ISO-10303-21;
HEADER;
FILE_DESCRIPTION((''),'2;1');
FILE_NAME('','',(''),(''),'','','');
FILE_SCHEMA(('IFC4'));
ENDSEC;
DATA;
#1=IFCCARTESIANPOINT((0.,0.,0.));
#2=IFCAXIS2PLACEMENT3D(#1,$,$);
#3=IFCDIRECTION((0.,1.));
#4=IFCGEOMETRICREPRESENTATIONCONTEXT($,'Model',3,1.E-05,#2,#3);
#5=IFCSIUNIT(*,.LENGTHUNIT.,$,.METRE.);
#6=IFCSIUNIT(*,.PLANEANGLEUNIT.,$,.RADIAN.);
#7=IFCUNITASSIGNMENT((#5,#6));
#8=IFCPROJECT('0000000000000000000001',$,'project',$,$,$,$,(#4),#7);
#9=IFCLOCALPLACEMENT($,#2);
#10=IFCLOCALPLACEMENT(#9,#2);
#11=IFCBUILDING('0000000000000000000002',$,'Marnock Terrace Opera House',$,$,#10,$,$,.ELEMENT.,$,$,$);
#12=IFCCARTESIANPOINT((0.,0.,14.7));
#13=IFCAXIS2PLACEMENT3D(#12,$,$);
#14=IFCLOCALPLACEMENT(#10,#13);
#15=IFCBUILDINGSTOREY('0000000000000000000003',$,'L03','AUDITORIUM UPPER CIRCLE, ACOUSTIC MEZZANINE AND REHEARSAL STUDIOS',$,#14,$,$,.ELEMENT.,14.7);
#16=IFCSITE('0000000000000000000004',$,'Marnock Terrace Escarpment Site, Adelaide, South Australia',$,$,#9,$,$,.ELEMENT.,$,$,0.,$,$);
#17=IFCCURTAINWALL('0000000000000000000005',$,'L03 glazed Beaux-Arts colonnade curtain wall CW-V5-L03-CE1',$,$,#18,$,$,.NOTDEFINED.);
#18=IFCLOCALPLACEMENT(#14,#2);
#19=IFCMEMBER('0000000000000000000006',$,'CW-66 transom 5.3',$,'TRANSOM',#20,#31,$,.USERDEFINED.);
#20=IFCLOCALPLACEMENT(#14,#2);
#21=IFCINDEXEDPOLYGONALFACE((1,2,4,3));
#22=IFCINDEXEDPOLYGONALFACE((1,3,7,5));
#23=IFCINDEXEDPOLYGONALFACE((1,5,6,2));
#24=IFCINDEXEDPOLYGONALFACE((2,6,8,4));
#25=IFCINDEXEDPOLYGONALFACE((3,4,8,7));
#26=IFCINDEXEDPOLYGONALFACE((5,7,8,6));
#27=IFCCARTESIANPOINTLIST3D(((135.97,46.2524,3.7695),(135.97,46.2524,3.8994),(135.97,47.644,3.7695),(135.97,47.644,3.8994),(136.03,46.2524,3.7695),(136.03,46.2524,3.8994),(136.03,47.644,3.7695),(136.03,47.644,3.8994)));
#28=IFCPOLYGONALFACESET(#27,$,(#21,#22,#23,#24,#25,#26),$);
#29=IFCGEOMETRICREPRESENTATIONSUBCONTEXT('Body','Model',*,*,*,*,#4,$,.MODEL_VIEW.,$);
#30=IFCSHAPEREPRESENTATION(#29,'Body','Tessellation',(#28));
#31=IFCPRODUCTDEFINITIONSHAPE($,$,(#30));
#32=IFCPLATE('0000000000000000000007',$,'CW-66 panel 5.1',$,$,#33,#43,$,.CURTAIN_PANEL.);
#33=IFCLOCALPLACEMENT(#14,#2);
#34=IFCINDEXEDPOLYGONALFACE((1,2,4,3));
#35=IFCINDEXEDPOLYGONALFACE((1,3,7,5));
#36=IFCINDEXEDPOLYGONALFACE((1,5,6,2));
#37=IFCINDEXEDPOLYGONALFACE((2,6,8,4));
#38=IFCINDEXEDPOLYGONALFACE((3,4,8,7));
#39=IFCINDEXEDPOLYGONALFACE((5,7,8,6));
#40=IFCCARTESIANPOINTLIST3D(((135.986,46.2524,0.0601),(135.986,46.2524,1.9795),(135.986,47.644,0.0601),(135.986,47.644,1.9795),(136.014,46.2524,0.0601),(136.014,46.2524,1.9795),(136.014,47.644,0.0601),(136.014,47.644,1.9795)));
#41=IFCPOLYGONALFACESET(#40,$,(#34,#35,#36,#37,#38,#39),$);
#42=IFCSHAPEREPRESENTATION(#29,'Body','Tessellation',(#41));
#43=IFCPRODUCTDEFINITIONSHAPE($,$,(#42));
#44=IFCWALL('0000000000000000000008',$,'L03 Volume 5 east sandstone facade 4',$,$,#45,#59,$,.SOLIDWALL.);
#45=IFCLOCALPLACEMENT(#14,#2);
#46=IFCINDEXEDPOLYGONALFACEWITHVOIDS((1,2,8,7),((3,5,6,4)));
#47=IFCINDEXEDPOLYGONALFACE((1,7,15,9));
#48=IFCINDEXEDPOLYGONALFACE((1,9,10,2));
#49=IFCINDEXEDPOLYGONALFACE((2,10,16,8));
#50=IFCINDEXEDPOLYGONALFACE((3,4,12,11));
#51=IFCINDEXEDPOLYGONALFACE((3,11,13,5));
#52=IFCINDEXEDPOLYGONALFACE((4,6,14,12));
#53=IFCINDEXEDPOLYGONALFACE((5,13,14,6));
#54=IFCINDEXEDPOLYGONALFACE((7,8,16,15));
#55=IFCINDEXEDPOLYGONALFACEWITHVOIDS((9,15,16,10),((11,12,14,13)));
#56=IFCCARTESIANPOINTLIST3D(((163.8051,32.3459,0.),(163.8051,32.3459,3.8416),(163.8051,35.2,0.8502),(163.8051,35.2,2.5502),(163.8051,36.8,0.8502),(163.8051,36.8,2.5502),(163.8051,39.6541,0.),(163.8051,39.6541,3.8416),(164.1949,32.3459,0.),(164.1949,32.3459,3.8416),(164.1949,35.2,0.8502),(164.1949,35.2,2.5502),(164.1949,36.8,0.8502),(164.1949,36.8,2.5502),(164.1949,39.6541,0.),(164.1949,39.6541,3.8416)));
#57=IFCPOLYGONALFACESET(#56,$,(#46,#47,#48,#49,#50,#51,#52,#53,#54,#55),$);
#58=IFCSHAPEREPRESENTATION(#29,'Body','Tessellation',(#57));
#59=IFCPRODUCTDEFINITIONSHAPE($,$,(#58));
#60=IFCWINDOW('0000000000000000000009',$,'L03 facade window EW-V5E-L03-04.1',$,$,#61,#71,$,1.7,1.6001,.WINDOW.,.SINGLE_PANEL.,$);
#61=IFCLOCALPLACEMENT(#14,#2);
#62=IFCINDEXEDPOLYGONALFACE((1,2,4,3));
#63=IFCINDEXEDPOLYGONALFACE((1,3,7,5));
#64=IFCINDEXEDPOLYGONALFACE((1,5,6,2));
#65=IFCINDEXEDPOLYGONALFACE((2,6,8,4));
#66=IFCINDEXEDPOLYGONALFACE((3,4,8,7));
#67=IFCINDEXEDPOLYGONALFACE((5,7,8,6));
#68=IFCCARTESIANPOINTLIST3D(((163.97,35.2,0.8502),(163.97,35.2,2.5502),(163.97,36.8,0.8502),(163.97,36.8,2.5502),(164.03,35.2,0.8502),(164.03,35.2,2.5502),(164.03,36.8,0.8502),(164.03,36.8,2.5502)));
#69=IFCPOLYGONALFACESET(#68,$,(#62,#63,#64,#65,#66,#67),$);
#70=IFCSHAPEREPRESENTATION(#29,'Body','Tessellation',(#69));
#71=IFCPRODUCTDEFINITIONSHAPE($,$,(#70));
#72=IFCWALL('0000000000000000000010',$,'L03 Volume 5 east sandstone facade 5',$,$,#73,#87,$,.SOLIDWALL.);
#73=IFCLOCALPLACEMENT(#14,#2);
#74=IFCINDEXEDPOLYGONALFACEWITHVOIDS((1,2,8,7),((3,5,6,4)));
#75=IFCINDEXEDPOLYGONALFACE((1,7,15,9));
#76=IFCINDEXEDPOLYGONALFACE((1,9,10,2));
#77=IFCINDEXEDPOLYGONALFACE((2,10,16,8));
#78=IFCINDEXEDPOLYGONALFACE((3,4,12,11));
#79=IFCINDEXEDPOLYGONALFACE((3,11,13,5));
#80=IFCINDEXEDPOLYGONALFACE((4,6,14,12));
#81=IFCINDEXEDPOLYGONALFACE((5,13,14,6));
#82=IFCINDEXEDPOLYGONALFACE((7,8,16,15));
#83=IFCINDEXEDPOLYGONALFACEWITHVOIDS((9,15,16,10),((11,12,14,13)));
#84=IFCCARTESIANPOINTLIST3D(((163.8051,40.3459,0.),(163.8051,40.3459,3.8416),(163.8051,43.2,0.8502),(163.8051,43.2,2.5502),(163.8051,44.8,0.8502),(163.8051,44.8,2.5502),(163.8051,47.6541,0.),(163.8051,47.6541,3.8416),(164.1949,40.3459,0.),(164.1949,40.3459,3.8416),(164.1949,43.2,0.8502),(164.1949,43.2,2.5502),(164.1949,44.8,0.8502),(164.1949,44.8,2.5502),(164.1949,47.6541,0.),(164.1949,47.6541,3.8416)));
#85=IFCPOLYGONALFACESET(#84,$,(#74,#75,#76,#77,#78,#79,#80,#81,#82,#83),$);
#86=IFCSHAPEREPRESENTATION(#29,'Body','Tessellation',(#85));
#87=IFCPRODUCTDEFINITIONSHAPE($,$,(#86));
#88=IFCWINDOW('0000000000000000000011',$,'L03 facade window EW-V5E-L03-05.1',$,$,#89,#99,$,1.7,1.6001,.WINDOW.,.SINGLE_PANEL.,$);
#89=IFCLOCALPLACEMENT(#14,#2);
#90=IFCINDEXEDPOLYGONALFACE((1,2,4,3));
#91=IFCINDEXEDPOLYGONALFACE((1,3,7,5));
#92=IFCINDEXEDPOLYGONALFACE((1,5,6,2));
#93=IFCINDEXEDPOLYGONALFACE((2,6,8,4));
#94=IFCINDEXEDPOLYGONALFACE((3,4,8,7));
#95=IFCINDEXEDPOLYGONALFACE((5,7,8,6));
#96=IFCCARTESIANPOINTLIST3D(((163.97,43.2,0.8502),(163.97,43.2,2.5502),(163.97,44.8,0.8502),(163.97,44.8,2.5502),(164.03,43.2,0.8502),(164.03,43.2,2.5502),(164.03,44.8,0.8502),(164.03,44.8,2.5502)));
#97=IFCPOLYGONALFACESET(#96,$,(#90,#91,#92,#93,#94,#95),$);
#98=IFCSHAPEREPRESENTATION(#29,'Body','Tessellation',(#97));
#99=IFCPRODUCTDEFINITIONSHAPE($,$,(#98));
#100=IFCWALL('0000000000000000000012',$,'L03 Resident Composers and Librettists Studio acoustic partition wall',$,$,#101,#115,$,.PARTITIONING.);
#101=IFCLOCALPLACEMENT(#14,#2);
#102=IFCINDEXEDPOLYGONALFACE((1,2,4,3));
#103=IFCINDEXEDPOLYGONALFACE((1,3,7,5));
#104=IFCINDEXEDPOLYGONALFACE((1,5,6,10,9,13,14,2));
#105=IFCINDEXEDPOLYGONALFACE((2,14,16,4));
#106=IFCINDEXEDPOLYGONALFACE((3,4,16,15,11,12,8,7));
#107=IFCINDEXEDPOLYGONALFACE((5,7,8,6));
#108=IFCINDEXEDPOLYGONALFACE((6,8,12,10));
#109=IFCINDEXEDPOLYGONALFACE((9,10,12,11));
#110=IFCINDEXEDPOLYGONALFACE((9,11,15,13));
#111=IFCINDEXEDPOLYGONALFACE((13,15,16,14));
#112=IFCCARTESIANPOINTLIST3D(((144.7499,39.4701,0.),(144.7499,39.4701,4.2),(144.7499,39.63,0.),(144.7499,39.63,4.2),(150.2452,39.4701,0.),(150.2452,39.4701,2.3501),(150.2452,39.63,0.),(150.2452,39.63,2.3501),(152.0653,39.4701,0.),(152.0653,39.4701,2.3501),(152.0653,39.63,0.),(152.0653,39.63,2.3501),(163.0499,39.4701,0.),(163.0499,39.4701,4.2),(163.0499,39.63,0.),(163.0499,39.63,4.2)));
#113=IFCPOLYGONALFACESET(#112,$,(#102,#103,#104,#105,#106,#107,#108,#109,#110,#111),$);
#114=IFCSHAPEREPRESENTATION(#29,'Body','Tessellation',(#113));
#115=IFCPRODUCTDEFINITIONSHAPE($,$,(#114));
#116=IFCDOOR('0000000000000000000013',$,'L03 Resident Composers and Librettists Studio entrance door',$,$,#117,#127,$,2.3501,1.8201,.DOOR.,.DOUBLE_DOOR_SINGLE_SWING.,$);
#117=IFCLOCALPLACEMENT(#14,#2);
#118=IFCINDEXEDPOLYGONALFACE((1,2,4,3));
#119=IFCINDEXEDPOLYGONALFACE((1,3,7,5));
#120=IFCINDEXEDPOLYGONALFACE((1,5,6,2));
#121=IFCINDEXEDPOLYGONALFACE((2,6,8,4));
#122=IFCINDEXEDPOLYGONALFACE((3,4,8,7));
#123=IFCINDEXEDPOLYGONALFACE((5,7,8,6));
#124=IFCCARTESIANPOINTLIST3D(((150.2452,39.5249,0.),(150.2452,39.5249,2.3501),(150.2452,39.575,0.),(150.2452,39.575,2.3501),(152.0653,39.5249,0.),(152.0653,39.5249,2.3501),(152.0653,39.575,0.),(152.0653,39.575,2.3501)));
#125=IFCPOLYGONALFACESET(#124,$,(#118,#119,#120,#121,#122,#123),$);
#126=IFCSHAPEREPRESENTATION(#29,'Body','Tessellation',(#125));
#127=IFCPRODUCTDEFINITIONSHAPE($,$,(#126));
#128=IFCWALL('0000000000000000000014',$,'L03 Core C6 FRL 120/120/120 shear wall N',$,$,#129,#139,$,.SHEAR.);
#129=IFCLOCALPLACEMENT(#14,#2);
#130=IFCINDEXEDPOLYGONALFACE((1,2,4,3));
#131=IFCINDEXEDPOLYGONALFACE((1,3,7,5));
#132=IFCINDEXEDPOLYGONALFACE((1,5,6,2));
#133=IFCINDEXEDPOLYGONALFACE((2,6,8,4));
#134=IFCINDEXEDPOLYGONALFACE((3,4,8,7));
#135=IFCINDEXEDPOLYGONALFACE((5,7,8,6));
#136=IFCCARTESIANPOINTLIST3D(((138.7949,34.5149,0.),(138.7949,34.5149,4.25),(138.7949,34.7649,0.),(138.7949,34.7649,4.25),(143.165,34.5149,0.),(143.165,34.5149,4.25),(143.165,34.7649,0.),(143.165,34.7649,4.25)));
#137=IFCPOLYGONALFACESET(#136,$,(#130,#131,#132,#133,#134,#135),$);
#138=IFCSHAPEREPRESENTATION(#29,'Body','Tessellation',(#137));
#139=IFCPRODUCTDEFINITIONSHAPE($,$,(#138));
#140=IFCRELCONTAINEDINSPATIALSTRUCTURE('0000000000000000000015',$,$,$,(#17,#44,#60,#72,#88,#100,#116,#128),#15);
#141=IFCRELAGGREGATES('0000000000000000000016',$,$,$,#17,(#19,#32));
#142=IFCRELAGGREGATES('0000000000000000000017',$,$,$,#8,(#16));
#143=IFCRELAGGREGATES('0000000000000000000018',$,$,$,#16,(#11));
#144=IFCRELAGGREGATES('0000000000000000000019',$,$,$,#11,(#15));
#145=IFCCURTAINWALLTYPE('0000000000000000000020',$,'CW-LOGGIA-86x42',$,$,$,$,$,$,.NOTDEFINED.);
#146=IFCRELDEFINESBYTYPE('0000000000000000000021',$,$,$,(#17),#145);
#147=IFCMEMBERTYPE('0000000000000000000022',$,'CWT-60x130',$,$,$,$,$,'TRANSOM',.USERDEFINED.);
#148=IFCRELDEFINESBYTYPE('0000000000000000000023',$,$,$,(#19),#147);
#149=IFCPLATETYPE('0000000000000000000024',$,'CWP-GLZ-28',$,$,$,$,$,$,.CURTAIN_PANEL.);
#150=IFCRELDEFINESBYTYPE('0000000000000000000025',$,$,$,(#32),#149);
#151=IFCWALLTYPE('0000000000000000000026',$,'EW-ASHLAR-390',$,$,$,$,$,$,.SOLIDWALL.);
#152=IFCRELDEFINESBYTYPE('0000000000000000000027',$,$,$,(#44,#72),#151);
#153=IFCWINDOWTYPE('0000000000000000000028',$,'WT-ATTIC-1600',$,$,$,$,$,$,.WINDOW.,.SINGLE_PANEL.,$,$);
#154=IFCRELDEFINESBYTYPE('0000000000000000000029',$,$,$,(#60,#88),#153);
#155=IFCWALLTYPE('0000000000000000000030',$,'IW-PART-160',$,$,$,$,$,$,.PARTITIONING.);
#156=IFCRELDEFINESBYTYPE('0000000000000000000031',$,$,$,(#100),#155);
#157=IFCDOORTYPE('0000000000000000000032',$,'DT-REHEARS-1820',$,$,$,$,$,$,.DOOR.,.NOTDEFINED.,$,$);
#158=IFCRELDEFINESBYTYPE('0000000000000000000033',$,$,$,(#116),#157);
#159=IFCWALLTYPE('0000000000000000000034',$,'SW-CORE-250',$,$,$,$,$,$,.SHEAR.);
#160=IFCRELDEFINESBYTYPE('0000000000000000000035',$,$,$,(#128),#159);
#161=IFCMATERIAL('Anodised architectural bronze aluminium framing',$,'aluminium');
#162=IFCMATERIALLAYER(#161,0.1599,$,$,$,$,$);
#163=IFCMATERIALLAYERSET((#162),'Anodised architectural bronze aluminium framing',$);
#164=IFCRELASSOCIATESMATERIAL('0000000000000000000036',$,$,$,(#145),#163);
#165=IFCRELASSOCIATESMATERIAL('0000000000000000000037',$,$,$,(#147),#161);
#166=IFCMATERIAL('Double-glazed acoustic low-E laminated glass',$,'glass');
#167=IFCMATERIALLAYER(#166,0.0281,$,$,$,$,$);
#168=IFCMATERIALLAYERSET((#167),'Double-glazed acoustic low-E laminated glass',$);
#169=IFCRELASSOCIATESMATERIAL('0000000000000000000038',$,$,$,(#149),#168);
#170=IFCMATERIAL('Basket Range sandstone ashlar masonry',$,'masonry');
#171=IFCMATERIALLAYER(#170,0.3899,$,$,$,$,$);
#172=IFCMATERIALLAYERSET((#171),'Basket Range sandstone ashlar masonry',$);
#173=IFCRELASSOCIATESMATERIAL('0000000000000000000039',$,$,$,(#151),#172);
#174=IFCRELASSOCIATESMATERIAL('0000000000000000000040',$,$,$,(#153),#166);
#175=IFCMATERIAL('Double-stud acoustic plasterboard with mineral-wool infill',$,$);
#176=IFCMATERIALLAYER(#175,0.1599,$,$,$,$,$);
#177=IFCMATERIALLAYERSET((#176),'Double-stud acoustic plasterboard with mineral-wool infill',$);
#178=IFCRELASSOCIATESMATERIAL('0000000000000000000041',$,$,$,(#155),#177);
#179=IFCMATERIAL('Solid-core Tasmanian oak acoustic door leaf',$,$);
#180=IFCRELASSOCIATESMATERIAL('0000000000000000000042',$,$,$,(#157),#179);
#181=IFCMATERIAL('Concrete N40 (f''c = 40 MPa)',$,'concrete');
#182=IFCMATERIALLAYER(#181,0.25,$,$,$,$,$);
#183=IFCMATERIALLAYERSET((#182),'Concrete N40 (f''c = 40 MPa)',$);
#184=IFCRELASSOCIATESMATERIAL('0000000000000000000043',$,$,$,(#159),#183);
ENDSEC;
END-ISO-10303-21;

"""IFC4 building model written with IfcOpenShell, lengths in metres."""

from ifc_helpers import new_model, si_unit, direction, frame, frame_2d, origin, origin_2d, place, context, subcontext, project, spatial, rectangle, extrude, material, layer, layer_set, material_profile, profile_set, type_object, element, fill, aggregate, save


model = new_model("IFC4")

# Units and contexts
model_context = context("Model", 3, precision=1e-05, world=origin(), true_north=direction((0.0, 1.0)))
body_context = subcontext(model_context, "Body", "Model", "MODEL_VIEW")
ifc_project = project(units=[si_unit("LENGTHUNIT", "METRE"), si_unit("PLANEANGLEUNIT", "RADIAN")], contexts=[model_context])

# Site, building, storey
site_placement = place(None, origin())
site = spatial("IfcSite", under=ifc_project, at=site_placement, Name="Marnock Terrace Escarpment Site, Adelaide, South Australia", CompositionType="ELEMENT", RefElevation=0.0)
building_placement = place(site_placement, origin())
building = spatial("IfcBuilding", under=site, at=building_placement, Name="Marnock Terrace Opera House", CompositionType="ELEMENT")
storey_placement = place(building_placement, frame((0.0, 0.0, 14.7)))
storey = spatial("IfcBuildingStorey", under=building, at=storey_placement, Name="L03", Description="AUDITORIUM UPPER CIRCLE, ACOUSTIC MEZZANINE AND REHEARSAL STUDIOS", CompositionType="ELEMENT", Elevation=14.7)

# Shared definitions
ifc_material_1 = material(Name="Concrete N40 (f'c = 40 MPa)", Category="concrete")

# Curtain wall, member, plate
ifc_material_2 = material(Name="Anodised architectural bronze aluminium framing", Category="aluminium")
ifc_layer_1 = layer(ifc_material_2, 0.1599)
ifc_layer_set_1 = layer_set([ifc_layer_1], Name="Anodised architectural bronze aluminium framing")
curtain_wall_type = type_object("IfcCurtainWallType", Name="CW-LOGGIA-86x42", PredefinedType="NOTDEFINED", material=ifc_layer_set_1)
curtain_wall_placement = place(storey_placement, origin())
curtain_wall = element("IfcCurtainWall", 1, at=curtain_wall_placement, inside=storey, type_object=curtain_wall_type, Name="L03 glazed Beaux-Arts colonnade curtain wall CW-V5-L03-CE1", PredefinedType="NOTDEFINED")
ifc_material_profile_1 = material_profile(ifc_material_2, rectangle(XDim=0.0601, YDim=0.1299, at=origin_2d()))
ifc_profile_set_1 = profile_set([ifc_material_profile_1], Name="Anodised architectural bronze aluminium framing")
member_type = type_object("IfcMemberType", Name="CWT-60x130", ElementType="TRANSOM", PredefinedType="USERDEFINED", material=ifc_profile_set_1)
member_placement = place(storey_placement, frame((136.0, 46.2524, 3.8345), z_axis=(0.0, 1.0, 0.0), x_axis=(-1.0, 0.0, 0.0)))
member = element("IfcMember", 2, at=member_placement, type_object=member_type, Name="CW-66 transom 5.3", ObjectType="TRANSOM", PredefinedType="USERDEFINED", context=body_context, shape_type="SweptSolid", body=[
    extrude(rectangle(XDim=0.0601, YDim=0.1299, at=origin_2d()), origin(), (0.0, 0.0, 1.0), 1.3916),
])
ifc_material_3 = material(Name="Double-glazed acoustic low-E laminated glass", Category="glass")
ifc_layer_2 = layer(ifc_material_3, 0.0281)
ifc_layer_set_2 = layer_set([ifc_layer_2], Name="Double-glazed acoustic low-E laminated glass")
plate_type = type_object("IfcPlateType", Name="CWP-GLZ-28", PredefinedType="CURTAIN_PANEL", material=ifc_layer_set_2)
plate_placement = place(storey_placement, frame((136.0, 46.9482, 0.0601), z_axis=(0.0, 0.0, 1.0), x_axis=(0.0, 1.0, 0.0)))
plate = element("IfcPlate", 3, at=plate_placement, type_object=plate_type, Name="CW-66 panel 5.1", PredefinedType="CURTAIN_PANEL", context=body_context, shape_type="SweptSolid", body=[
    extrude(rectangle(XDim=1.3916, YDim=0.0281, at=origin_2d()), origin(), (0.0, 0.0, 1.0), 1.9194),
])
aggregate(curtain_wall, [member, plate])

# Walls, openings, windows
ifc_material_4 = material(Name="Basket Range sandstone ashlar masonry", Category="masonry")
ifc_layer_3 = layer(ifc_material_4, 0.3899)
ifc_layer_set_3 = layer_set([ifc_layer_3], Name="Basket Range sandstone ashlar masonry")
wall_type_1 = type_object("IfcWallType", Name="EW-ASHLAR-390", PredefinedType="SOLIDWALL", material=ifc_layer_set_3)
wall_1_placement = place(storey_placement, frame((164.0, 32.3459, 0.0), z_axis=(0.0, 0.0, 1.0), x_axis=(0.0, 1.0, 0.0)))
wall_1 = element("IfcWall", 4, at=wall_1_placement, inside=storey, type_object=wall_type_1, Name="L03 Volume 5 east sandstone facade 4", PredefinedType="SOLIDWALL", context=body_context, shape_type="SweptSolid", body=[
    extrude(rectangle(XDim=7.3081, YDim=0.3899, at=frame_2d((3.6541, 0.0))), origin(), (0.0, 0.0, 1.0), 3.8416),
])
opening_1_placement = place(wall_1_placement, frame((2.854, 0.0, 0.8501)))
opening_1 = element("IfcOpeningElement", 5, at=opening_1_placement, cuts=wall_1, PredefinedType="OPENING", context=body_context, shape_type="SweptSolid", body=[
    extrude(rectangle(XDim=1.6001, YDim=1.7, at=frame_2d((0.8, 0.8501))), frame((0.0, 0.2048, 0.0), z_axis=(0.0, -1.0, 0.0), x_axis=(1.0, 0.0, 0.0)), (0.0, 0.0, 1.0), 0.4099),
])
window_type = type_object("IfcWindowType", Name="WT-ATTIC-1600", PartitioningType="SINGLE_PANEL", PredefinedType="WINDOW", material=ifc_material_3)
window_1_placement = place(opening_1_placement, origin())
window_1 = element("IfcWindow", 6, at=window_1_placement, inside=storey, type_object=window_type, Name="L03 facade window EW-V5E-L03-04.1", OverallHeight=1.7, OverallWidth=1.6001, PartitioningType="SINGLE_PANEL", PredefinedType="WINDOW", context=body_context, shape_type="SweptSolid", body=[
    extrude(rectangle(XDim=1.6001, YDim=1.7, at=frame_2d((0.8, 0.8501))), frame((0.0, 0.03, 0.0), z_axis=(0.0, -1.0, 0.0), x_axis=(1.0, 0.0, 0.0)), (0.0, 0.0, 1.0), 0.0601),
])
fill(opening_1, window_1)
wall_2_placement = place(storey_placement, frame((164.0, 40.3459, 0.0), z_axis=(0.0, 0.0, 1.0), x_axis=(0.0, 1.0, 0.0)))
wall_2 = element("IfcWall", 7, at=wall_2_placement, inside=storey, type_object=wall_type_1, Name="L03 Volume 5 east sandstone facade 5", PredefinedType="SOLIDWALL", context=body_context, shape_type="SweptSolid", body=[
    extrude(rectangle(XDim=7.3081, YDim=0.3899, at=frame_2d((3.6541, 0.0))), origin(), (0.0, 0.0, 1.0), 3.8416),
])
opening_2_placement = place(wall_2_placement, frame((2.854, 0.0, 0.8501)))
opening_2 = element("IfcOpeningElement", 8, at=opening_2_placement, cuts=wall_2, PredefinedType="OPENING", context=body_context, shape_type="SweptSolid", body=[
    extrude(rectangle(XDim=1.6001, YDim=1.7, at=frame_2d((0.8, 0.8501))), frame((0.0, 0.2048, 0.0), z_axis=(0.0, -1.0, 0.0), x_axis=(1.0, 0.0, 0.0)), (0.0, 0.0, 1.0), 0.4099),
])
window_2_placement = place(opening_2_placement, origin())
window_2 = element("IfcWindow", 9, at=window_2_placement, inside=storey, type_object=window_type, Name="L03 facade window EW-V5E-L03-05.1", OverallHeight=1.7, OverallWidth=1.6001, PartitioningType="SINGLE_PANEL", PredefinedType="WINDOW", context=body_context, shape_type="SweptSolid", body=[
    extrude(rectangle(XDim=1.6001, YDim=1.7, at=frame_2d((0.8, 0.8501))), frame((0.0, 0.03, 0.0), z_axis=(0.0, -1.0, 0.0), x_axis=(1.0, 0.0, 0.0)), (0.0, 0.0, 1.0), 0.0601),
])
fill(opening_2, window_2)

# Wall, opening, door
ifc_material_5 = material(Name="Double-stud acoustic plasterboard with mineral-wool infill")
ifc_layer_4 = layer(ifc_material_5, 0.1599)
ifc_layer_set_4 = layer_set([ifc_layer_4], Name="Double-stud acoustic plasterboard with mineral-wool infill")
wall_type_2 = type_object("IfcWallType", Name="IW-PART-160", PredefinedType="PARTITIONING", material=ifc_layer_set_4)
wall_3_placement = place(storey_placement, frame((144.75, 39.55, 0.0), z_axis=(0.0, 0.0, 1.0), x_axis=(1.0, 0.0, 0.0)))
wall_3 = element("IfcWall", 10, at=wall_3_placement, inside=storey, type_object=wall_type_2, Name="L03 Resident Composers and Librettists Studio acoustic partition wall", PredefinedType="PARTITIONING", context=body_context, shape_type="SweptSolid", body=[
    extrude(rectangle(XDim=18.3, YDim=0.1599, at=frame_2d((9.1499, 0.0))), origin(), (0.0, 0.0, 1.0), 4.2),
])
opening_3_placement = place(wall_3_placement, frame((5.4951, 0.0, 0.0)))
opening_3 = element("IfcOpeningElement", 11, at=opening_3_placement, cuts=wall_3, PredefinedType="OPENING", context=body_context, shape_type="SweptSolid", body=[
    extrude(rectangle(XDim=1.8201, YDim=2.3501, at=frame_2d((0.9102, 1.175))), frame((0.0, 0.0898, 0.0), z_axis=(0.0, -1.0, 0.0), x_axis=(1.0, 0.0, 0.0)), (0.0, 0.0, 1.0), 0.1799),
])
ifc_material_6 = material(Name="Solid-core Tasmanian oak acoustic door leaf")
door_type = type_object("IfcDoorType", Name="DT-REHEARS-1820", OperationType="NOTDEFINED", PredefinedType="DOOR", material=ifc_material_6)
door_placement = place(opening_3_placement, origin())
door = element("IfcDoor", 12, at=door_placement, inside=storey, type_object=door_type, Name="L03 Resident Composers and Librettists Studio entrance door", OperationType="DOUBLE_DOOR_SINGLE_SWING", OverallHeight=2.3501, OverallWidth=1.8201, PredefinedType="DOOR", context=body_context, shape_type="SweptSolid", body=[
    extrude(rectangle(XDim=1.8201, YDim=2.3501, at=frame_2d((0.9102, 1.175))), frame((0.0, 0.0249, 0.0), z_axis=(0.0, -1.0, 0.0), x_axis=(1.0, 0.0, 0.0)), (0.0, 0.0, 1.0), 0.05),
])
fill(opening_3, door)

# Wall
ifc_layer_5 = layer(ifc_material_1, 0.25)
ifc_layer_set_5 = layer_set([ifc_layer_5], Name="Concrete N40 (f'c = 40 MPa)")
wall_type_3 = type_object("IfcWallType", Name="SW-CORE-250", PredefinedType="SHEAR", material=ifc_layer_set_5)
wall_4_placement = place(storey_placement, frame((138.7949, 34.6399, 0.0), z_axis=(0.0, 0.0, 1.0), x_axis=(1.0, 0.0, 0.0)))
element("IfcWall", 13, at=wall_4_placement, inside=storey, type_object=wall_type_3, Name="L03 Core C6 FRL 120/120/120 shear wall N", PredefinedType="SHEAR", context=body_context, shape_type="SweptSolid", body=[
    extrude(rectangle(XDim=4.3701, YDim=0.25, at=frame_2d((2.1851, 0.0))), origin(), (0.0, 0.0, 1.0), 4.25),
])

save(model, "model.ifc")
